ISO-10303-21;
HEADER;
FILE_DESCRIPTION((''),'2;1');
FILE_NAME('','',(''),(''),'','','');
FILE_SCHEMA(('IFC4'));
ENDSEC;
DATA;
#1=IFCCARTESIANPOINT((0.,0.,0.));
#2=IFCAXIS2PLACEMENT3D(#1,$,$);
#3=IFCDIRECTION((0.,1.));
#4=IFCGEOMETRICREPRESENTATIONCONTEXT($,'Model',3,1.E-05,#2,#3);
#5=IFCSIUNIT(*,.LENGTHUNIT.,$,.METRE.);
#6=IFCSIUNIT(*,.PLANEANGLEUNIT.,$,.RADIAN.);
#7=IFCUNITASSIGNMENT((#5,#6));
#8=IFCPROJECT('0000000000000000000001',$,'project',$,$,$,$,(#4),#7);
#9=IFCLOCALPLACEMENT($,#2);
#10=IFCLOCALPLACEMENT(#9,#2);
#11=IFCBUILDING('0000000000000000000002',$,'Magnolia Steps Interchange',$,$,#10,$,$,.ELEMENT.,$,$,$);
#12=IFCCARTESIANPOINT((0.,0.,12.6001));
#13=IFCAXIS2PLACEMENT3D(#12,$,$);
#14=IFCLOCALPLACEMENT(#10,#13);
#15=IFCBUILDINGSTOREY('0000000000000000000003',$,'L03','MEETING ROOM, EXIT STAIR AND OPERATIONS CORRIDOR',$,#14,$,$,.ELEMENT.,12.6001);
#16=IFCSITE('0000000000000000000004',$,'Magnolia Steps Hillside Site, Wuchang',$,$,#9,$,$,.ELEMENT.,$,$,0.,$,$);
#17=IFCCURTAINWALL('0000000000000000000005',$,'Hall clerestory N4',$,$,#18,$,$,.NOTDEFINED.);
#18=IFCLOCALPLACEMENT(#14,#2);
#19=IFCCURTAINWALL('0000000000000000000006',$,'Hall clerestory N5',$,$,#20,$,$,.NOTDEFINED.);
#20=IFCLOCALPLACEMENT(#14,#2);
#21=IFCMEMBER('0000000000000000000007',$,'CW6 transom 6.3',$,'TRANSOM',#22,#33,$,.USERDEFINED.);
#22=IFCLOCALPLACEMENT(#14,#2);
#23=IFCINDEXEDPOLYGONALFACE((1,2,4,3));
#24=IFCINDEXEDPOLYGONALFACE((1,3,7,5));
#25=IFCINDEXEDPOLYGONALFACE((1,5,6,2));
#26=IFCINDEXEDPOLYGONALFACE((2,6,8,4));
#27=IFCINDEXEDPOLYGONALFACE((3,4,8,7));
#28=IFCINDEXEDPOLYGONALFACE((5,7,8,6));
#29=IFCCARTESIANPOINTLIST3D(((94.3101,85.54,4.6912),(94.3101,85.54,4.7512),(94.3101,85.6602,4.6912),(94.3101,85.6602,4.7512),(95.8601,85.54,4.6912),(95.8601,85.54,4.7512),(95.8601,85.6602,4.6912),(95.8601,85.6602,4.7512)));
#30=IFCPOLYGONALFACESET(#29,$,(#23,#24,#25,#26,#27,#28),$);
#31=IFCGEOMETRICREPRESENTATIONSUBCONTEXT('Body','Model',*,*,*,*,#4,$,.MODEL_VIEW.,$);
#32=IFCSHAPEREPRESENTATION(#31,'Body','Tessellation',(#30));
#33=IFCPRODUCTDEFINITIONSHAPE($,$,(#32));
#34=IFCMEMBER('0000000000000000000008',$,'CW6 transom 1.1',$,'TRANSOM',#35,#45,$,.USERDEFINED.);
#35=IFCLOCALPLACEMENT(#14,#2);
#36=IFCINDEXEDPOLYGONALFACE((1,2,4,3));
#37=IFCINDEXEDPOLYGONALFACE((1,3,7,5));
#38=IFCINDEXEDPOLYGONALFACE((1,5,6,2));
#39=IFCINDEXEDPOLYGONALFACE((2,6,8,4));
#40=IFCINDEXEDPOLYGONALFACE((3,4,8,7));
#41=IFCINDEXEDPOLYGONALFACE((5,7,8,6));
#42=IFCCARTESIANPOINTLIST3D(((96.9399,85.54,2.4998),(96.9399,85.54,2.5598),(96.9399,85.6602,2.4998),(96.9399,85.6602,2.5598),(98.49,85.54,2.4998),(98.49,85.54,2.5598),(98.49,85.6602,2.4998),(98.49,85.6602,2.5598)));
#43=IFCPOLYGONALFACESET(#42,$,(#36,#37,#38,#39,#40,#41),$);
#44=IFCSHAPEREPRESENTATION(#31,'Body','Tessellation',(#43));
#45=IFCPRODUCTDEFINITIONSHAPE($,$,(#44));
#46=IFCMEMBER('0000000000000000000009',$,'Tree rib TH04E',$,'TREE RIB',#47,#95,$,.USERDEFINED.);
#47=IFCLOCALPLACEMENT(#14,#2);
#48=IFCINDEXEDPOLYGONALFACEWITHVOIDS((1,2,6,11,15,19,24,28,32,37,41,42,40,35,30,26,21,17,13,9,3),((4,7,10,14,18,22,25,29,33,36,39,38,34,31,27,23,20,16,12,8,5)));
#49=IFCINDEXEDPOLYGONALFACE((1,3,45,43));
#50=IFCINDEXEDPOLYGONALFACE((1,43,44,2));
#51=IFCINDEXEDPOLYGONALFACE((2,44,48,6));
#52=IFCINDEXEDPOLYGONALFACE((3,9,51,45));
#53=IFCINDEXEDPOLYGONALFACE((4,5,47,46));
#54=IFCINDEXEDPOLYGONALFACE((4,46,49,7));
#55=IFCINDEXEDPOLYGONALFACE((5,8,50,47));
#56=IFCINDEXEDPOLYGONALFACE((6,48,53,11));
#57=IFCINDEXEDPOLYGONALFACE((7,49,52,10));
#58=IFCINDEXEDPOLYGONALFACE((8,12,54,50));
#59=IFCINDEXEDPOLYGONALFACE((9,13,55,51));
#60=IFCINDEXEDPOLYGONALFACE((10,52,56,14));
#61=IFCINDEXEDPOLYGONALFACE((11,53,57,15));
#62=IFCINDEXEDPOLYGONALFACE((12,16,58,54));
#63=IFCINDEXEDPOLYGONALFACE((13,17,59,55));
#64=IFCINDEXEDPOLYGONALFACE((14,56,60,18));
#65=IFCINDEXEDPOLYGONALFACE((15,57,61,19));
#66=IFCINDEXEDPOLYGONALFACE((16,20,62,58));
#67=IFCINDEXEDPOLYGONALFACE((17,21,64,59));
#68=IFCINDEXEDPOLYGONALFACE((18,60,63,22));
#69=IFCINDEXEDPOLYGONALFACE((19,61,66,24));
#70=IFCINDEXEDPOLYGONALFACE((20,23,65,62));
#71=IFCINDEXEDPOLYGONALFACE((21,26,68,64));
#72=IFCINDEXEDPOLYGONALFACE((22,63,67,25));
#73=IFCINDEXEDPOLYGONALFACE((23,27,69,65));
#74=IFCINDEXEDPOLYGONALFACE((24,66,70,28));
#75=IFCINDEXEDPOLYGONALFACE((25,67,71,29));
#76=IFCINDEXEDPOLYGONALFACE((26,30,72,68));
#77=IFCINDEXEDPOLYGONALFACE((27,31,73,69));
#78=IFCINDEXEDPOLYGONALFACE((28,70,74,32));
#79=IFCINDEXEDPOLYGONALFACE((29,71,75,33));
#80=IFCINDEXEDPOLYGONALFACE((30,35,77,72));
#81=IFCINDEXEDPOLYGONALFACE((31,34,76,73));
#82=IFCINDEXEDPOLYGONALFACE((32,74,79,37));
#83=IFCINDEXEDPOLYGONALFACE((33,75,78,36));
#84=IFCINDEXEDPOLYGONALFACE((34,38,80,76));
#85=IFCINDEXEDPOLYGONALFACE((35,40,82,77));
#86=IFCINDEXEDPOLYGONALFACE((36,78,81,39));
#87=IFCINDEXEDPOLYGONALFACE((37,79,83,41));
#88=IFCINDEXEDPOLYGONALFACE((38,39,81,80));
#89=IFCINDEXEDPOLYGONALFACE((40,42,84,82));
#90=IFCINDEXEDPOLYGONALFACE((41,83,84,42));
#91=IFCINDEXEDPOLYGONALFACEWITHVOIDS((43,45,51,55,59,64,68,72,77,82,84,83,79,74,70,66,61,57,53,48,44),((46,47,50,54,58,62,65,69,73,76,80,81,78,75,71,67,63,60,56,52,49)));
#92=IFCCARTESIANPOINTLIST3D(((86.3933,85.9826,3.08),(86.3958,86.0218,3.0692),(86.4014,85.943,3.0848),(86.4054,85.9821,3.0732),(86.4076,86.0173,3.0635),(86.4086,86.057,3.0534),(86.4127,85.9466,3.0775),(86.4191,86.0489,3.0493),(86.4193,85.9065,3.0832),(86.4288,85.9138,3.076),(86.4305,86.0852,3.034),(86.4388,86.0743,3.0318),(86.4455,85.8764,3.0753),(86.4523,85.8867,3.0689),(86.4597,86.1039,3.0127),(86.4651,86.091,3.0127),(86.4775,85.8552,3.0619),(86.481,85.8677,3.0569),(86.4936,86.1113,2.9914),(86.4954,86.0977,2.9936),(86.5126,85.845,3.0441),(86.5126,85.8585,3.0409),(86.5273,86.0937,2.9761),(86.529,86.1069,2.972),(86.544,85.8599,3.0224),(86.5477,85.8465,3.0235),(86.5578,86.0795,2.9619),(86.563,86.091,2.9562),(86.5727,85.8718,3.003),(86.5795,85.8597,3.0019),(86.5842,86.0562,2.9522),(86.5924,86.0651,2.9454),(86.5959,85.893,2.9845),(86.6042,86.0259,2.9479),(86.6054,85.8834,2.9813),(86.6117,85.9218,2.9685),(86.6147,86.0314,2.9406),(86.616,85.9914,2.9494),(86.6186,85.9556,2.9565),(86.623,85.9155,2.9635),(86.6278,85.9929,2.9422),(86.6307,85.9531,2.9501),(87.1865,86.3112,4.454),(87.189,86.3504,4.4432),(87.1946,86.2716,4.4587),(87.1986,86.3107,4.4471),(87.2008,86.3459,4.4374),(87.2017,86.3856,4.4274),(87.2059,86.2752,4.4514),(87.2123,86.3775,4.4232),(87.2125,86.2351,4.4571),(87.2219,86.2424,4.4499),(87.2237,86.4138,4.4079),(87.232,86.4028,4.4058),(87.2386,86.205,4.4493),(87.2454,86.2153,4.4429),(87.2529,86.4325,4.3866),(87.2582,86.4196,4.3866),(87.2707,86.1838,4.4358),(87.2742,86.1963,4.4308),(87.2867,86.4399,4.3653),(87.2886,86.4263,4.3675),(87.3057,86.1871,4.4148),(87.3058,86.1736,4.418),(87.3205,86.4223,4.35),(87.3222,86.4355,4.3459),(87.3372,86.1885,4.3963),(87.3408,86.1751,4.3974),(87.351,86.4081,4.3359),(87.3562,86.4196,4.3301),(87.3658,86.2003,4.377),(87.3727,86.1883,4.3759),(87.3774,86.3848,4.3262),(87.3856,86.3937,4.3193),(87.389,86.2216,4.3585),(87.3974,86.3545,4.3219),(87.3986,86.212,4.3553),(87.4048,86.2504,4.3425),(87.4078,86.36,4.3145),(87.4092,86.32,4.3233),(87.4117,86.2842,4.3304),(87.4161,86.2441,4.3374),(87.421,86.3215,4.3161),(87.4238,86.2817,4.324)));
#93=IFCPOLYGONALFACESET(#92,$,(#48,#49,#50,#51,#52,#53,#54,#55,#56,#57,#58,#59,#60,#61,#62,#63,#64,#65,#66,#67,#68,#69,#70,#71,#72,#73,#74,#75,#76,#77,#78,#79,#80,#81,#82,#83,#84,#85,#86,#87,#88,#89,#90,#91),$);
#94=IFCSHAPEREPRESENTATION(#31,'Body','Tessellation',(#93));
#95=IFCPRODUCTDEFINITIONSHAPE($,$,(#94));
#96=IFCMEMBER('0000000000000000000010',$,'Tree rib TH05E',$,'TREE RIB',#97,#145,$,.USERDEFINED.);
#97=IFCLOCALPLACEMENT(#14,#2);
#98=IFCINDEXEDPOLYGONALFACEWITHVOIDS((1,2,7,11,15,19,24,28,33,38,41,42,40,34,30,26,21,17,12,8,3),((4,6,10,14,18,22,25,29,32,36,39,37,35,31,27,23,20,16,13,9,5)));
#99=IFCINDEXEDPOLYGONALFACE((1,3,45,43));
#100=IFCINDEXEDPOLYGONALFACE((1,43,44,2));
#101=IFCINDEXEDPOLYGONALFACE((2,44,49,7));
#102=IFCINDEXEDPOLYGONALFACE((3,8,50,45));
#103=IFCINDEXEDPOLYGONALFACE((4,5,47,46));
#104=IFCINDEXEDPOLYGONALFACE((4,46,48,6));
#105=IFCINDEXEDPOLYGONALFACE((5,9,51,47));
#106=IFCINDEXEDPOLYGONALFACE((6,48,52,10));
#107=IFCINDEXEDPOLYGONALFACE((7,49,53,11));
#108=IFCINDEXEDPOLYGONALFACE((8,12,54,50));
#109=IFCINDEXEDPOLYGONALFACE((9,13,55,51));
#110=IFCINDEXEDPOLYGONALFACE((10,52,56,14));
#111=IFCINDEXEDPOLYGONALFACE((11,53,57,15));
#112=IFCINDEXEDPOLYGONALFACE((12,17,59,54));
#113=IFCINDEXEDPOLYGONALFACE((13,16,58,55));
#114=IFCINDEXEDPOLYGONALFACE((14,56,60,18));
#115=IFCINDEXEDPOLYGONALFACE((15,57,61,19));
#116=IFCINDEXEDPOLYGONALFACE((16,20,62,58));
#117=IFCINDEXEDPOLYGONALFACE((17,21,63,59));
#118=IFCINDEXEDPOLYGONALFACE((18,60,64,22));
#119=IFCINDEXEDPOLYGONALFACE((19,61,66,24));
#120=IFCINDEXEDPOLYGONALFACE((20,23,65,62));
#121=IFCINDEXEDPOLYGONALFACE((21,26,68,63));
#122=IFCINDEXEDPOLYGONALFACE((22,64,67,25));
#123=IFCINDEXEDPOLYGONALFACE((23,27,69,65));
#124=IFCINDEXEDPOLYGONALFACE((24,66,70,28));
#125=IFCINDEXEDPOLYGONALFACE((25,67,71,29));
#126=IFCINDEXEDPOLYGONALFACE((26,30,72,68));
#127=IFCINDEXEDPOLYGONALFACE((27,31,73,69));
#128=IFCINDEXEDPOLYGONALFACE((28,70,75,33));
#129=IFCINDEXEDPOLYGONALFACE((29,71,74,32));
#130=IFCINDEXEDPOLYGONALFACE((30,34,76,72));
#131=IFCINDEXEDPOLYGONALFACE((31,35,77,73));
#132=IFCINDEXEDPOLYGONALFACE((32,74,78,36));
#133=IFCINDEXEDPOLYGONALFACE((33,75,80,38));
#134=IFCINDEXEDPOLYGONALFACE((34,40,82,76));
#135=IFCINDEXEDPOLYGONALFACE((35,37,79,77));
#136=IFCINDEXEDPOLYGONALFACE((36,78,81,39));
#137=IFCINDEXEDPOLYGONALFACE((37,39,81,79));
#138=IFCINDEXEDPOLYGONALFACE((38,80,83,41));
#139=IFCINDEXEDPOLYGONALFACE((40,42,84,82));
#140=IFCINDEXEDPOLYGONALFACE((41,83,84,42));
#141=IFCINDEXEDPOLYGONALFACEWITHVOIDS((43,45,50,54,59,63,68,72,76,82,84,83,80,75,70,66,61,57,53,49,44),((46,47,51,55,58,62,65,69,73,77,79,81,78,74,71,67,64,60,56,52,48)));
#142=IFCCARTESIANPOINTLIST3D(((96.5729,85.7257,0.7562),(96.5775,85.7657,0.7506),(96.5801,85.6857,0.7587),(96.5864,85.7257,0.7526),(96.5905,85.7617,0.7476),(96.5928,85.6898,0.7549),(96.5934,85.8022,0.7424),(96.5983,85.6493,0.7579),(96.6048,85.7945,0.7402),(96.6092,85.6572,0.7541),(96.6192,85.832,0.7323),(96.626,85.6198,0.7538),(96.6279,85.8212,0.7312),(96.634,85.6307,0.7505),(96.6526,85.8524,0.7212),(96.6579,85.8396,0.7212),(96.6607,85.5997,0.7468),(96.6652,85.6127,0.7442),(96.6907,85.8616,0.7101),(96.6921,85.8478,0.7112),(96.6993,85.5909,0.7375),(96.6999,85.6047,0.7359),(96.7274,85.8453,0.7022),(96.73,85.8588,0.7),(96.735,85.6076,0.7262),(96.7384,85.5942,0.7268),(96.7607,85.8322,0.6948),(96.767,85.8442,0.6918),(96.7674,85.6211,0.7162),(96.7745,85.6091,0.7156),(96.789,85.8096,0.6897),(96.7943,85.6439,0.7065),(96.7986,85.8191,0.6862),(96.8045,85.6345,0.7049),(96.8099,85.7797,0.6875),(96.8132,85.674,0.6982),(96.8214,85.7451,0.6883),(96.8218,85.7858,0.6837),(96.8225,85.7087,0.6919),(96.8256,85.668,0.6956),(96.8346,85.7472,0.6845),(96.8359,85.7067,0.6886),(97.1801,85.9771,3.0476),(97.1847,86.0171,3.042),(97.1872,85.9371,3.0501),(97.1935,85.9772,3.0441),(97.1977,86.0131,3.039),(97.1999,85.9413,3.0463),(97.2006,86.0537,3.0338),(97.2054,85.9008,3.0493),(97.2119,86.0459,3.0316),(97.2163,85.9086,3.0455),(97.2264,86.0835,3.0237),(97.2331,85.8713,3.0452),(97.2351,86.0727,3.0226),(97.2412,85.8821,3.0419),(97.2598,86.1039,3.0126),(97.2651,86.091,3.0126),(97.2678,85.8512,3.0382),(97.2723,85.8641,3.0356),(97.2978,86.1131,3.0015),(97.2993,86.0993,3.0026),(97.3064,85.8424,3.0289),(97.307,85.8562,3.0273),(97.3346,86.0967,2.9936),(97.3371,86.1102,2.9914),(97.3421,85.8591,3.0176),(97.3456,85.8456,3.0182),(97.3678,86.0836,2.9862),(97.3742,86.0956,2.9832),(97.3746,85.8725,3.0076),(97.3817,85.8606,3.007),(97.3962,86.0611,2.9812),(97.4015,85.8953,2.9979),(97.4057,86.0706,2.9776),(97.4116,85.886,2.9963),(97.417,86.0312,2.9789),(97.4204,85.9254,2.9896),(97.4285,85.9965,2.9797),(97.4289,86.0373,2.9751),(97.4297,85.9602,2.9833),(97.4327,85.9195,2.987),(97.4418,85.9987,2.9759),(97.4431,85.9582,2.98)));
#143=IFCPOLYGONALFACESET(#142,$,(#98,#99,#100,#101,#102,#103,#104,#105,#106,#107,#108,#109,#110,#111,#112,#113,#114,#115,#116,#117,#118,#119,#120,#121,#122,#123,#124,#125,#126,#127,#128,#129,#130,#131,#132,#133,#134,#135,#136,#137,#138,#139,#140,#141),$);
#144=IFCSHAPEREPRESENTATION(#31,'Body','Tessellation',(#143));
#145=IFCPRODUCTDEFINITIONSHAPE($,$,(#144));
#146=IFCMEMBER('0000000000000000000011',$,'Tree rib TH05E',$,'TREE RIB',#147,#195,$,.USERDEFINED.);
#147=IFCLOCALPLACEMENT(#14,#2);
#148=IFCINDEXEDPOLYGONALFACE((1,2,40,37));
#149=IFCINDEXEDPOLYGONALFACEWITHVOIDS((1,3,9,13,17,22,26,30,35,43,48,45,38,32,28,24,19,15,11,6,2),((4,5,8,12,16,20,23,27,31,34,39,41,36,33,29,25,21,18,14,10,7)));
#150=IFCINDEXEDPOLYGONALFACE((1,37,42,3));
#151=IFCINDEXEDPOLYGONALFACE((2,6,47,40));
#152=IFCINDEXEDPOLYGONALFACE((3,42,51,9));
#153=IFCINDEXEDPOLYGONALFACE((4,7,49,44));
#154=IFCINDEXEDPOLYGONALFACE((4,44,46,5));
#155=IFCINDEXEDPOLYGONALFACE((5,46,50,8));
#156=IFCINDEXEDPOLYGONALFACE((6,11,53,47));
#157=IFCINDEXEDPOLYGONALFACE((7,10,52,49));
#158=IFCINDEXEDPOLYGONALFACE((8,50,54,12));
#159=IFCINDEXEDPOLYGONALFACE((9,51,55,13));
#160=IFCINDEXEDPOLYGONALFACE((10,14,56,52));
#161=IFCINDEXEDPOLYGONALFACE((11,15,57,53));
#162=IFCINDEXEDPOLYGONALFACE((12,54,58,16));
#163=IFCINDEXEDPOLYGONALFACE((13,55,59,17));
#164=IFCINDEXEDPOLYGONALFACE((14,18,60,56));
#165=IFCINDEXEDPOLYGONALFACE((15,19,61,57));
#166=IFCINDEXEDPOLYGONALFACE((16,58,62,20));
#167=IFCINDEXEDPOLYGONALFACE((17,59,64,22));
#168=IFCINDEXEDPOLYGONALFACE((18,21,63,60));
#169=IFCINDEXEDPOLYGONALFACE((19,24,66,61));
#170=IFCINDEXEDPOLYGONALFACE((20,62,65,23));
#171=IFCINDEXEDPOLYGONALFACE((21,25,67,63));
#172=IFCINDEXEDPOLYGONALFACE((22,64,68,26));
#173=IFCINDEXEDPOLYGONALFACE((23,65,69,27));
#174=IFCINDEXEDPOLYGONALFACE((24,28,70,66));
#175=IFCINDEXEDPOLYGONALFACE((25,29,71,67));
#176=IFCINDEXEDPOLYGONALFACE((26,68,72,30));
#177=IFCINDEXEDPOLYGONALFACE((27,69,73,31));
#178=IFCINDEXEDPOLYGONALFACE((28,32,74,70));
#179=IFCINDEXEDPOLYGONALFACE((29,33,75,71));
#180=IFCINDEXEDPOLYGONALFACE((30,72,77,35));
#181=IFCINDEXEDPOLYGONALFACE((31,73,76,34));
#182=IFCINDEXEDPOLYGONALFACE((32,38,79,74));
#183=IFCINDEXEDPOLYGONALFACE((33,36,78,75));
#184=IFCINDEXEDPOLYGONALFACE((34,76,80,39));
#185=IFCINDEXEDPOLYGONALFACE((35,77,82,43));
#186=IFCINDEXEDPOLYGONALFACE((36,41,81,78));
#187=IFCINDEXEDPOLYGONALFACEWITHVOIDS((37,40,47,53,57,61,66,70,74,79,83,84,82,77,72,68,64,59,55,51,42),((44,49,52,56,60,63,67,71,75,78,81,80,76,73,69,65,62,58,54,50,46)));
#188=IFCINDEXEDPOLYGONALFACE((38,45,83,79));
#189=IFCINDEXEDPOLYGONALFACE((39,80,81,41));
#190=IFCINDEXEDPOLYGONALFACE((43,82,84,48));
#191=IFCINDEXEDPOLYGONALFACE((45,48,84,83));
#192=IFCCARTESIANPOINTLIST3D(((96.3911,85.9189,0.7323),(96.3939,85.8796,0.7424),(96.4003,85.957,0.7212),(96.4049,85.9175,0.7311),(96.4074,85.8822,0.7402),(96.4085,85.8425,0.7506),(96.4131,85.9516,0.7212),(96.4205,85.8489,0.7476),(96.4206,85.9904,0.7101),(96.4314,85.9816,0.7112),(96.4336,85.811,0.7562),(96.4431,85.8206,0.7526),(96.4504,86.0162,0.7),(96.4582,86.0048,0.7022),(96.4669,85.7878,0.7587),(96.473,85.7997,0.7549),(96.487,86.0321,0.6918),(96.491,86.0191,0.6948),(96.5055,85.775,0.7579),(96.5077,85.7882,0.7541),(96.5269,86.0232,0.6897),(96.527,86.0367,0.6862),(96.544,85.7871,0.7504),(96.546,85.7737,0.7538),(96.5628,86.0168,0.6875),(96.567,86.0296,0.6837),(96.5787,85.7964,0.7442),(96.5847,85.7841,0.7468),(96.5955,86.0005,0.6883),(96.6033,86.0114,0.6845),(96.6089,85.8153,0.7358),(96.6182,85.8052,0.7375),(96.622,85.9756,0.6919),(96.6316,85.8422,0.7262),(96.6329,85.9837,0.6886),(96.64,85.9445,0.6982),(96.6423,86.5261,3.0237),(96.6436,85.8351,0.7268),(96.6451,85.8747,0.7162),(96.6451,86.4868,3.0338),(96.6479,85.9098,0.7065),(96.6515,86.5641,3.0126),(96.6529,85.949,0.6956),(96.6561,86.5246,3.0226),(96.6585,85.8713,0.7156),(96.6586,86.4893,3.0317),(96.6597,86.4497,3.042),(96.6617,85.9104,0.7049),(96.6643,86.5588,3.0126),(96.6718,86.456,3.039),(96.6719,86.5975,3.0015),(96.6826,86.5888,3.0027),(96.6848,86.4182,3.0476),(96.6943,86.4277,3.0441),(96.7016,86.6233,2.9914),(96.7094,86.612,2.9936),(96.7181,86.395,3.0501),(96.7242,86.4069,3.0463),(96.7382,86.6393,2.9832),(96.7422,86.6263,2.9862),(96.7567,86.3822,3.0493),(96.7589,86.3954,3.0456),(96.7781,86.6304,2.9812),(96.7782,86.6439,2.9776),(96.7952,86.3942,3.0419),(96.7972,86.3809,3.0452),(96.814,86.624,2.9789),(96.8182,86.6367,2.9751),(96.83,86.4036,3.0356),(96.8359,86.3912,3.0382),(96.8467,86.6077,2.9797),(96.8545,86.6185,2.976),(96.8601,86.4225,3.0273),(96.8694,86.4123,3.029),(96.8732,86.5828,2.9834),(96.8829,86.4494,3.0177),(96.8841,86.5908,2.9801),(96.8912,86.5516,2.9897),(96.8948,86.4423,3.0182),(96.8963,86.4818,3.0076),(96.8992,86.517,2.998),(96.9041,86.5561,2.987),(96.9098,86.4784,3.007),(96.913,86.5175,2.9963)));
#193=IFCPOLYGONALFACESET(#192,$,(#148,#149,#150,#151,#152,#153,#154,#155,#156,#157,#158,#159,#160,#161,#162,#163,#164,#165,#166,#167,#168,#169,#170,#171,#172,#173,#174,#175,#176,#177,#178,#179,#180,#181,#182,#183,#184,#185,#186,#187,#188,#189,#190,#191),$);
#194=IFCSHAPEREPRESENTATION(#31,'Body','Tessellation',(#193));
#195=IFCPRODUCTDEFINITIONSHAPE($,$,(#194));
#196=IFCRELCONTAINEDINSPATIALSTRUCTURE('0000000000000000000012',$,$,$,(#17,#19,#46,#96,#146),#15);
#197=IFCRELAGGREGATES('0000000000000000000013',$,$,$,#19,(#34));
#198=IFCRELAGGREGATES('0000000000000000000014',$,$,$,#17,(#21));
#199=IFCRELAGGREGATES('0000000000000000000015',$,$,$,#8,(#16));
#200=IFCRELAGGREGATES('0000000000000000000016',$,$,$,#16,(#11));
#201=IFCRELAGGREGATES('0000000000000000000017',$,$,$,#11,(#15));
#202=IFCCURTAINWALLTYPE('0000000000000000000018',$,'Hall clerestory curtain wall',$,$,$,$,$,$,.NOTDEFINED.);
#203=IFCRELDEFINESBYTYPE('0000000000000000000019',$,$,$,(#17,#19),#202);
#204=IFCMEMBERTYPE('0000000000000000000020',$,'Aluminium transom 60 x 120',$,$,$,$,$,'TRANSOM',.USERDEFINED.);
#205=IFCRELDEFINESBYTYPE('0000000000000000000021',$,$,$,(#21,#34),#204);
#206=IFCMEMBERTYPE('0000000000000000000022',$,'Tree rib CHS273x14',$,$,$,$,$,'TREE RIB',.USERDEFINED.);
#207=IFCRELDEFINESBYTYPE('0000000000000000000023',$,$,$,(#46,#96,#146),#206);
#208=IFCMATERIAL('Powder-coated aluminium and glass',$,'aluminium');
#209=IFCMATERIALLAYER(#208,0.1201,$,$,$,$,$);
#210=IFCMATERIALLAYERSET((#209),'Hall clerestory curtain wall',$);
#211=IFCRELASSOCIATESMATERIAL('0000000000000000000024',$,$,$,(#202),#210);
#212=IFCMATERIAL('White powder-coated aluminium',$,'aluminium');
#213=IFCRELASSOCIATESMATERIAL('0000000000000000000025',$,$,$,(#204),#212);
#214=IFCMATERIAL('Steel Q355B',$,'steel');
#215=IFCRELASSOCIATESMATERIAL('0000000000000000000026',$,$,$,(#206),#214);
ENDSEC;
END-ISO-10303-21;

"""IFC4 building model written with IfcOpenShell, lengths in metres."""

from ifc_helpers import new_model, si_unit, direction, frame, origin, origin_2d, place, context, subcontext, project, spatial, rectangle, hollow_circle, extrude, material, layer, layer_set, material_profile, profile_set, type_object, element, aggregate, save


model = new_model("IFC4")

# Units and contexts
model_context = context("Model", 3, precision=1e-05, world=origin(), true_north=direction((0.0, 1.0)))
body_context = subcontext(model_context, "Body", "Model", "MODEL_VIEW")
ifc_project = project(units=[si_unit("LENGTHUNIT", "METRE"), si_unit("PLANEANGLEUNIT", "RADIAN")], contexts=[model_context])

# Site, building, storey
site_placement = place(None, origin())
site = spatial("IfcSite", under=ifc_project, at=site_placement, Name="Magnolia Steps Hillside Site, Wuchang", CompositionType="ELEMENT", RefElevation=0.0)
building_placement = place(site_placement, origin())
building = spatial("IfcBuilding", under=site, at=building_placement, Name="Magnolia Steps Interchange", CompositionType="ELEMENT")
storey_placement = place(building_placement, frame((0.0, 0.0, 12.6001)))
storey = spatial("IfcBuildingStorey", under=building, at=storey_placement, Name="L03", Description="MEETING ROOM, EXIT STAIR AND OPERATIONS CORRIDOR", CompositionType="ELEMENT", Elevation=12.6001)

# Curtain wall
ifc_material_1 = material(Name="Powder-coated aluminium and glass", Category="aluminium")
ifc_layer_1 = layer(ifc_material_1, 0.1201)
ifc_layer_set_1 = layer_set([ifc_layer_1], Name="Hall clerestory curtain wall")
curtain_wall_type = type_object("IfcCurtainWallType", Name="Hall clerestory curtain wall", PredefinedType="NOTDEFINED", material=ifc_layer_set_1)
curtain_wall_1_placement = place(storey_placement, origin())
curtain_wall_1 = element("IfcCurtainWall", 1, at=curtain_wall_1_placement, inside=storey, type_object=curtain_wall_type, Name="Hall clerestory N4", PredefinedType="NOTDEFINED")

# Curtain wall
curtain_wall_2_placement = place(storey_placement, origin())
curtain_wall_2 = element("IfcCurtainWall", 2, at=curtain_wall_2_placement, inside=storey, type_object=curtain_wall_type, Name="Hall clerestory N5", PredefinedType="NOTDEFINED")

# Members
ifc_material_2 = material(Name="White powder-coated aluminium", Category="aluminium")
ifc_material_profile_1 = material_profile(ifc_material_2, rectangle(XDim=0.0601, YDim=0.1201, at=origin_2d()), Name="Aluminium transom 60 x 120")
ifc_profile_set_1 = profile_set([ifc_material_profile_1], Name="White powder-coated aluminium")
member_type_1 = type_object("IfcMemberType", Name="Aluminium transom 60 x 120", ElementType="TRANSOM", PredefinedType="USERDEFINED", material=ifc_profile_set_1)
member_1_placement = place(storey_placement, frame((94.3101, 85.6001, 4.7212), z_axis=(1.0, 0.0, 0.0), x_axis=(0.0, 0.0, 1.0)))
member_1 = element("IfcMember", 3, at=member_1_placement, type_object=member_type_1, Name="CW6 transom 6.3", ObjectType="TRANSOM", PredefinedType="USERDEFINED", context=body_context, shape_type="SweptSolid", body=[
    extrude(rectangle(XDim=0.0601, YDim=0.1201, at=origin_2d()), origin(), (0.0, 0.0, 1.0), 1.55),
])
member_2_placement = place(storey_placement, frame((96.9399, 85.6001, 2.5298), z_axis=(1.0, 0.0, 0.0), x_axis=(0.0, 0.0, 1.0)))
member_2 = element("IfcMember", 4, at=member_2_placement, type_object=member_type_1, Name="CW6 transom 1.1", ObjectType="TRANSOM", PredefinedType="USERDEFINED", context=body_context, shape_type="SweptSolid", body=[
    extrude(rectangle(XDim=0.0601, YDim=0.1201, at=origin_2d()), origin(), (0.0, 0.0, 1.0), 1.55),
])
aggregate(curtain_wall_2, [member_2])

# Members
ifc_material_3 = material(Name="Steel Q355B", Category="steel")
ifc_material_profile_2 = material_profile(ifc_material_3, hollow_circle(Radius=0.1365, WallThickness=0.0139, at=origin_2d()), Name="CHS273x14")
ifc_profile_set_2 = profile_set([ifc_material_profile_2], Name="Steel Q355B")
member_type_2 = type_object("IfcMemberType", Name="Tree rib CHS273x14", ElementType="TREE RIB", PredefinedType="USERDEFINED", material=ifc_profile_set_2)
member_3_placement = place(storey_placement, frame((86.512, 85.9778, 3.0127), z_axis=(0.489571, 0.20282, 0.848047), x_axis=(-0.382737, 0.923857, 0.0)))
element("IfcMember", 5, at=member_3_placement, inside=storey, type_object=member_type_2, Name="Tree rib TH04E", ObjectType="TREE RIB", PredefinedType="USERDEFINED", context=body_context, shape_type="SweptSolid", body=[
    extrude(hollow_circle(Radius=0.1365, WallThickness=0.0139, at=origin_2d()), origin(), (0.0, 0.0, 1.0), 1.6201),
])
for number, where, z_axis, x_axis, name in (
    (6, (96.7048, 85.7263, 0.7212), (0.254701, 0.105485, 0.961249), (-0.382636, 0.923899, 0.0), "Tree rib TH05E"),
    (7, (96.5264, 85.9048, 0.7212), (0.105384, 0.254704, 0.96126), (-0.92403, 0.382319, 0.0), "Tree rib TH05E"),
):
    element("IfcMember", number, at=place(storey_placement, frame(where, z_axis=z_axis, x_axis=x_axis)), inside=storey, type_object=member_type_2, Name=name, ObjectType="TREE RIB", PredefinedType="USERDEFINED", context=body_context, shape_type="SweptSolid", body=[
        extrude(hollow_circle(Radius=0.1365, WallThickness=0.0139, at=origin_2d()), origin(), (0.0, 0.0, 1.0), 2.3838),
    ])

aggregate(curtain_wall_1, [member_1])

save(model, "model.ifc")
